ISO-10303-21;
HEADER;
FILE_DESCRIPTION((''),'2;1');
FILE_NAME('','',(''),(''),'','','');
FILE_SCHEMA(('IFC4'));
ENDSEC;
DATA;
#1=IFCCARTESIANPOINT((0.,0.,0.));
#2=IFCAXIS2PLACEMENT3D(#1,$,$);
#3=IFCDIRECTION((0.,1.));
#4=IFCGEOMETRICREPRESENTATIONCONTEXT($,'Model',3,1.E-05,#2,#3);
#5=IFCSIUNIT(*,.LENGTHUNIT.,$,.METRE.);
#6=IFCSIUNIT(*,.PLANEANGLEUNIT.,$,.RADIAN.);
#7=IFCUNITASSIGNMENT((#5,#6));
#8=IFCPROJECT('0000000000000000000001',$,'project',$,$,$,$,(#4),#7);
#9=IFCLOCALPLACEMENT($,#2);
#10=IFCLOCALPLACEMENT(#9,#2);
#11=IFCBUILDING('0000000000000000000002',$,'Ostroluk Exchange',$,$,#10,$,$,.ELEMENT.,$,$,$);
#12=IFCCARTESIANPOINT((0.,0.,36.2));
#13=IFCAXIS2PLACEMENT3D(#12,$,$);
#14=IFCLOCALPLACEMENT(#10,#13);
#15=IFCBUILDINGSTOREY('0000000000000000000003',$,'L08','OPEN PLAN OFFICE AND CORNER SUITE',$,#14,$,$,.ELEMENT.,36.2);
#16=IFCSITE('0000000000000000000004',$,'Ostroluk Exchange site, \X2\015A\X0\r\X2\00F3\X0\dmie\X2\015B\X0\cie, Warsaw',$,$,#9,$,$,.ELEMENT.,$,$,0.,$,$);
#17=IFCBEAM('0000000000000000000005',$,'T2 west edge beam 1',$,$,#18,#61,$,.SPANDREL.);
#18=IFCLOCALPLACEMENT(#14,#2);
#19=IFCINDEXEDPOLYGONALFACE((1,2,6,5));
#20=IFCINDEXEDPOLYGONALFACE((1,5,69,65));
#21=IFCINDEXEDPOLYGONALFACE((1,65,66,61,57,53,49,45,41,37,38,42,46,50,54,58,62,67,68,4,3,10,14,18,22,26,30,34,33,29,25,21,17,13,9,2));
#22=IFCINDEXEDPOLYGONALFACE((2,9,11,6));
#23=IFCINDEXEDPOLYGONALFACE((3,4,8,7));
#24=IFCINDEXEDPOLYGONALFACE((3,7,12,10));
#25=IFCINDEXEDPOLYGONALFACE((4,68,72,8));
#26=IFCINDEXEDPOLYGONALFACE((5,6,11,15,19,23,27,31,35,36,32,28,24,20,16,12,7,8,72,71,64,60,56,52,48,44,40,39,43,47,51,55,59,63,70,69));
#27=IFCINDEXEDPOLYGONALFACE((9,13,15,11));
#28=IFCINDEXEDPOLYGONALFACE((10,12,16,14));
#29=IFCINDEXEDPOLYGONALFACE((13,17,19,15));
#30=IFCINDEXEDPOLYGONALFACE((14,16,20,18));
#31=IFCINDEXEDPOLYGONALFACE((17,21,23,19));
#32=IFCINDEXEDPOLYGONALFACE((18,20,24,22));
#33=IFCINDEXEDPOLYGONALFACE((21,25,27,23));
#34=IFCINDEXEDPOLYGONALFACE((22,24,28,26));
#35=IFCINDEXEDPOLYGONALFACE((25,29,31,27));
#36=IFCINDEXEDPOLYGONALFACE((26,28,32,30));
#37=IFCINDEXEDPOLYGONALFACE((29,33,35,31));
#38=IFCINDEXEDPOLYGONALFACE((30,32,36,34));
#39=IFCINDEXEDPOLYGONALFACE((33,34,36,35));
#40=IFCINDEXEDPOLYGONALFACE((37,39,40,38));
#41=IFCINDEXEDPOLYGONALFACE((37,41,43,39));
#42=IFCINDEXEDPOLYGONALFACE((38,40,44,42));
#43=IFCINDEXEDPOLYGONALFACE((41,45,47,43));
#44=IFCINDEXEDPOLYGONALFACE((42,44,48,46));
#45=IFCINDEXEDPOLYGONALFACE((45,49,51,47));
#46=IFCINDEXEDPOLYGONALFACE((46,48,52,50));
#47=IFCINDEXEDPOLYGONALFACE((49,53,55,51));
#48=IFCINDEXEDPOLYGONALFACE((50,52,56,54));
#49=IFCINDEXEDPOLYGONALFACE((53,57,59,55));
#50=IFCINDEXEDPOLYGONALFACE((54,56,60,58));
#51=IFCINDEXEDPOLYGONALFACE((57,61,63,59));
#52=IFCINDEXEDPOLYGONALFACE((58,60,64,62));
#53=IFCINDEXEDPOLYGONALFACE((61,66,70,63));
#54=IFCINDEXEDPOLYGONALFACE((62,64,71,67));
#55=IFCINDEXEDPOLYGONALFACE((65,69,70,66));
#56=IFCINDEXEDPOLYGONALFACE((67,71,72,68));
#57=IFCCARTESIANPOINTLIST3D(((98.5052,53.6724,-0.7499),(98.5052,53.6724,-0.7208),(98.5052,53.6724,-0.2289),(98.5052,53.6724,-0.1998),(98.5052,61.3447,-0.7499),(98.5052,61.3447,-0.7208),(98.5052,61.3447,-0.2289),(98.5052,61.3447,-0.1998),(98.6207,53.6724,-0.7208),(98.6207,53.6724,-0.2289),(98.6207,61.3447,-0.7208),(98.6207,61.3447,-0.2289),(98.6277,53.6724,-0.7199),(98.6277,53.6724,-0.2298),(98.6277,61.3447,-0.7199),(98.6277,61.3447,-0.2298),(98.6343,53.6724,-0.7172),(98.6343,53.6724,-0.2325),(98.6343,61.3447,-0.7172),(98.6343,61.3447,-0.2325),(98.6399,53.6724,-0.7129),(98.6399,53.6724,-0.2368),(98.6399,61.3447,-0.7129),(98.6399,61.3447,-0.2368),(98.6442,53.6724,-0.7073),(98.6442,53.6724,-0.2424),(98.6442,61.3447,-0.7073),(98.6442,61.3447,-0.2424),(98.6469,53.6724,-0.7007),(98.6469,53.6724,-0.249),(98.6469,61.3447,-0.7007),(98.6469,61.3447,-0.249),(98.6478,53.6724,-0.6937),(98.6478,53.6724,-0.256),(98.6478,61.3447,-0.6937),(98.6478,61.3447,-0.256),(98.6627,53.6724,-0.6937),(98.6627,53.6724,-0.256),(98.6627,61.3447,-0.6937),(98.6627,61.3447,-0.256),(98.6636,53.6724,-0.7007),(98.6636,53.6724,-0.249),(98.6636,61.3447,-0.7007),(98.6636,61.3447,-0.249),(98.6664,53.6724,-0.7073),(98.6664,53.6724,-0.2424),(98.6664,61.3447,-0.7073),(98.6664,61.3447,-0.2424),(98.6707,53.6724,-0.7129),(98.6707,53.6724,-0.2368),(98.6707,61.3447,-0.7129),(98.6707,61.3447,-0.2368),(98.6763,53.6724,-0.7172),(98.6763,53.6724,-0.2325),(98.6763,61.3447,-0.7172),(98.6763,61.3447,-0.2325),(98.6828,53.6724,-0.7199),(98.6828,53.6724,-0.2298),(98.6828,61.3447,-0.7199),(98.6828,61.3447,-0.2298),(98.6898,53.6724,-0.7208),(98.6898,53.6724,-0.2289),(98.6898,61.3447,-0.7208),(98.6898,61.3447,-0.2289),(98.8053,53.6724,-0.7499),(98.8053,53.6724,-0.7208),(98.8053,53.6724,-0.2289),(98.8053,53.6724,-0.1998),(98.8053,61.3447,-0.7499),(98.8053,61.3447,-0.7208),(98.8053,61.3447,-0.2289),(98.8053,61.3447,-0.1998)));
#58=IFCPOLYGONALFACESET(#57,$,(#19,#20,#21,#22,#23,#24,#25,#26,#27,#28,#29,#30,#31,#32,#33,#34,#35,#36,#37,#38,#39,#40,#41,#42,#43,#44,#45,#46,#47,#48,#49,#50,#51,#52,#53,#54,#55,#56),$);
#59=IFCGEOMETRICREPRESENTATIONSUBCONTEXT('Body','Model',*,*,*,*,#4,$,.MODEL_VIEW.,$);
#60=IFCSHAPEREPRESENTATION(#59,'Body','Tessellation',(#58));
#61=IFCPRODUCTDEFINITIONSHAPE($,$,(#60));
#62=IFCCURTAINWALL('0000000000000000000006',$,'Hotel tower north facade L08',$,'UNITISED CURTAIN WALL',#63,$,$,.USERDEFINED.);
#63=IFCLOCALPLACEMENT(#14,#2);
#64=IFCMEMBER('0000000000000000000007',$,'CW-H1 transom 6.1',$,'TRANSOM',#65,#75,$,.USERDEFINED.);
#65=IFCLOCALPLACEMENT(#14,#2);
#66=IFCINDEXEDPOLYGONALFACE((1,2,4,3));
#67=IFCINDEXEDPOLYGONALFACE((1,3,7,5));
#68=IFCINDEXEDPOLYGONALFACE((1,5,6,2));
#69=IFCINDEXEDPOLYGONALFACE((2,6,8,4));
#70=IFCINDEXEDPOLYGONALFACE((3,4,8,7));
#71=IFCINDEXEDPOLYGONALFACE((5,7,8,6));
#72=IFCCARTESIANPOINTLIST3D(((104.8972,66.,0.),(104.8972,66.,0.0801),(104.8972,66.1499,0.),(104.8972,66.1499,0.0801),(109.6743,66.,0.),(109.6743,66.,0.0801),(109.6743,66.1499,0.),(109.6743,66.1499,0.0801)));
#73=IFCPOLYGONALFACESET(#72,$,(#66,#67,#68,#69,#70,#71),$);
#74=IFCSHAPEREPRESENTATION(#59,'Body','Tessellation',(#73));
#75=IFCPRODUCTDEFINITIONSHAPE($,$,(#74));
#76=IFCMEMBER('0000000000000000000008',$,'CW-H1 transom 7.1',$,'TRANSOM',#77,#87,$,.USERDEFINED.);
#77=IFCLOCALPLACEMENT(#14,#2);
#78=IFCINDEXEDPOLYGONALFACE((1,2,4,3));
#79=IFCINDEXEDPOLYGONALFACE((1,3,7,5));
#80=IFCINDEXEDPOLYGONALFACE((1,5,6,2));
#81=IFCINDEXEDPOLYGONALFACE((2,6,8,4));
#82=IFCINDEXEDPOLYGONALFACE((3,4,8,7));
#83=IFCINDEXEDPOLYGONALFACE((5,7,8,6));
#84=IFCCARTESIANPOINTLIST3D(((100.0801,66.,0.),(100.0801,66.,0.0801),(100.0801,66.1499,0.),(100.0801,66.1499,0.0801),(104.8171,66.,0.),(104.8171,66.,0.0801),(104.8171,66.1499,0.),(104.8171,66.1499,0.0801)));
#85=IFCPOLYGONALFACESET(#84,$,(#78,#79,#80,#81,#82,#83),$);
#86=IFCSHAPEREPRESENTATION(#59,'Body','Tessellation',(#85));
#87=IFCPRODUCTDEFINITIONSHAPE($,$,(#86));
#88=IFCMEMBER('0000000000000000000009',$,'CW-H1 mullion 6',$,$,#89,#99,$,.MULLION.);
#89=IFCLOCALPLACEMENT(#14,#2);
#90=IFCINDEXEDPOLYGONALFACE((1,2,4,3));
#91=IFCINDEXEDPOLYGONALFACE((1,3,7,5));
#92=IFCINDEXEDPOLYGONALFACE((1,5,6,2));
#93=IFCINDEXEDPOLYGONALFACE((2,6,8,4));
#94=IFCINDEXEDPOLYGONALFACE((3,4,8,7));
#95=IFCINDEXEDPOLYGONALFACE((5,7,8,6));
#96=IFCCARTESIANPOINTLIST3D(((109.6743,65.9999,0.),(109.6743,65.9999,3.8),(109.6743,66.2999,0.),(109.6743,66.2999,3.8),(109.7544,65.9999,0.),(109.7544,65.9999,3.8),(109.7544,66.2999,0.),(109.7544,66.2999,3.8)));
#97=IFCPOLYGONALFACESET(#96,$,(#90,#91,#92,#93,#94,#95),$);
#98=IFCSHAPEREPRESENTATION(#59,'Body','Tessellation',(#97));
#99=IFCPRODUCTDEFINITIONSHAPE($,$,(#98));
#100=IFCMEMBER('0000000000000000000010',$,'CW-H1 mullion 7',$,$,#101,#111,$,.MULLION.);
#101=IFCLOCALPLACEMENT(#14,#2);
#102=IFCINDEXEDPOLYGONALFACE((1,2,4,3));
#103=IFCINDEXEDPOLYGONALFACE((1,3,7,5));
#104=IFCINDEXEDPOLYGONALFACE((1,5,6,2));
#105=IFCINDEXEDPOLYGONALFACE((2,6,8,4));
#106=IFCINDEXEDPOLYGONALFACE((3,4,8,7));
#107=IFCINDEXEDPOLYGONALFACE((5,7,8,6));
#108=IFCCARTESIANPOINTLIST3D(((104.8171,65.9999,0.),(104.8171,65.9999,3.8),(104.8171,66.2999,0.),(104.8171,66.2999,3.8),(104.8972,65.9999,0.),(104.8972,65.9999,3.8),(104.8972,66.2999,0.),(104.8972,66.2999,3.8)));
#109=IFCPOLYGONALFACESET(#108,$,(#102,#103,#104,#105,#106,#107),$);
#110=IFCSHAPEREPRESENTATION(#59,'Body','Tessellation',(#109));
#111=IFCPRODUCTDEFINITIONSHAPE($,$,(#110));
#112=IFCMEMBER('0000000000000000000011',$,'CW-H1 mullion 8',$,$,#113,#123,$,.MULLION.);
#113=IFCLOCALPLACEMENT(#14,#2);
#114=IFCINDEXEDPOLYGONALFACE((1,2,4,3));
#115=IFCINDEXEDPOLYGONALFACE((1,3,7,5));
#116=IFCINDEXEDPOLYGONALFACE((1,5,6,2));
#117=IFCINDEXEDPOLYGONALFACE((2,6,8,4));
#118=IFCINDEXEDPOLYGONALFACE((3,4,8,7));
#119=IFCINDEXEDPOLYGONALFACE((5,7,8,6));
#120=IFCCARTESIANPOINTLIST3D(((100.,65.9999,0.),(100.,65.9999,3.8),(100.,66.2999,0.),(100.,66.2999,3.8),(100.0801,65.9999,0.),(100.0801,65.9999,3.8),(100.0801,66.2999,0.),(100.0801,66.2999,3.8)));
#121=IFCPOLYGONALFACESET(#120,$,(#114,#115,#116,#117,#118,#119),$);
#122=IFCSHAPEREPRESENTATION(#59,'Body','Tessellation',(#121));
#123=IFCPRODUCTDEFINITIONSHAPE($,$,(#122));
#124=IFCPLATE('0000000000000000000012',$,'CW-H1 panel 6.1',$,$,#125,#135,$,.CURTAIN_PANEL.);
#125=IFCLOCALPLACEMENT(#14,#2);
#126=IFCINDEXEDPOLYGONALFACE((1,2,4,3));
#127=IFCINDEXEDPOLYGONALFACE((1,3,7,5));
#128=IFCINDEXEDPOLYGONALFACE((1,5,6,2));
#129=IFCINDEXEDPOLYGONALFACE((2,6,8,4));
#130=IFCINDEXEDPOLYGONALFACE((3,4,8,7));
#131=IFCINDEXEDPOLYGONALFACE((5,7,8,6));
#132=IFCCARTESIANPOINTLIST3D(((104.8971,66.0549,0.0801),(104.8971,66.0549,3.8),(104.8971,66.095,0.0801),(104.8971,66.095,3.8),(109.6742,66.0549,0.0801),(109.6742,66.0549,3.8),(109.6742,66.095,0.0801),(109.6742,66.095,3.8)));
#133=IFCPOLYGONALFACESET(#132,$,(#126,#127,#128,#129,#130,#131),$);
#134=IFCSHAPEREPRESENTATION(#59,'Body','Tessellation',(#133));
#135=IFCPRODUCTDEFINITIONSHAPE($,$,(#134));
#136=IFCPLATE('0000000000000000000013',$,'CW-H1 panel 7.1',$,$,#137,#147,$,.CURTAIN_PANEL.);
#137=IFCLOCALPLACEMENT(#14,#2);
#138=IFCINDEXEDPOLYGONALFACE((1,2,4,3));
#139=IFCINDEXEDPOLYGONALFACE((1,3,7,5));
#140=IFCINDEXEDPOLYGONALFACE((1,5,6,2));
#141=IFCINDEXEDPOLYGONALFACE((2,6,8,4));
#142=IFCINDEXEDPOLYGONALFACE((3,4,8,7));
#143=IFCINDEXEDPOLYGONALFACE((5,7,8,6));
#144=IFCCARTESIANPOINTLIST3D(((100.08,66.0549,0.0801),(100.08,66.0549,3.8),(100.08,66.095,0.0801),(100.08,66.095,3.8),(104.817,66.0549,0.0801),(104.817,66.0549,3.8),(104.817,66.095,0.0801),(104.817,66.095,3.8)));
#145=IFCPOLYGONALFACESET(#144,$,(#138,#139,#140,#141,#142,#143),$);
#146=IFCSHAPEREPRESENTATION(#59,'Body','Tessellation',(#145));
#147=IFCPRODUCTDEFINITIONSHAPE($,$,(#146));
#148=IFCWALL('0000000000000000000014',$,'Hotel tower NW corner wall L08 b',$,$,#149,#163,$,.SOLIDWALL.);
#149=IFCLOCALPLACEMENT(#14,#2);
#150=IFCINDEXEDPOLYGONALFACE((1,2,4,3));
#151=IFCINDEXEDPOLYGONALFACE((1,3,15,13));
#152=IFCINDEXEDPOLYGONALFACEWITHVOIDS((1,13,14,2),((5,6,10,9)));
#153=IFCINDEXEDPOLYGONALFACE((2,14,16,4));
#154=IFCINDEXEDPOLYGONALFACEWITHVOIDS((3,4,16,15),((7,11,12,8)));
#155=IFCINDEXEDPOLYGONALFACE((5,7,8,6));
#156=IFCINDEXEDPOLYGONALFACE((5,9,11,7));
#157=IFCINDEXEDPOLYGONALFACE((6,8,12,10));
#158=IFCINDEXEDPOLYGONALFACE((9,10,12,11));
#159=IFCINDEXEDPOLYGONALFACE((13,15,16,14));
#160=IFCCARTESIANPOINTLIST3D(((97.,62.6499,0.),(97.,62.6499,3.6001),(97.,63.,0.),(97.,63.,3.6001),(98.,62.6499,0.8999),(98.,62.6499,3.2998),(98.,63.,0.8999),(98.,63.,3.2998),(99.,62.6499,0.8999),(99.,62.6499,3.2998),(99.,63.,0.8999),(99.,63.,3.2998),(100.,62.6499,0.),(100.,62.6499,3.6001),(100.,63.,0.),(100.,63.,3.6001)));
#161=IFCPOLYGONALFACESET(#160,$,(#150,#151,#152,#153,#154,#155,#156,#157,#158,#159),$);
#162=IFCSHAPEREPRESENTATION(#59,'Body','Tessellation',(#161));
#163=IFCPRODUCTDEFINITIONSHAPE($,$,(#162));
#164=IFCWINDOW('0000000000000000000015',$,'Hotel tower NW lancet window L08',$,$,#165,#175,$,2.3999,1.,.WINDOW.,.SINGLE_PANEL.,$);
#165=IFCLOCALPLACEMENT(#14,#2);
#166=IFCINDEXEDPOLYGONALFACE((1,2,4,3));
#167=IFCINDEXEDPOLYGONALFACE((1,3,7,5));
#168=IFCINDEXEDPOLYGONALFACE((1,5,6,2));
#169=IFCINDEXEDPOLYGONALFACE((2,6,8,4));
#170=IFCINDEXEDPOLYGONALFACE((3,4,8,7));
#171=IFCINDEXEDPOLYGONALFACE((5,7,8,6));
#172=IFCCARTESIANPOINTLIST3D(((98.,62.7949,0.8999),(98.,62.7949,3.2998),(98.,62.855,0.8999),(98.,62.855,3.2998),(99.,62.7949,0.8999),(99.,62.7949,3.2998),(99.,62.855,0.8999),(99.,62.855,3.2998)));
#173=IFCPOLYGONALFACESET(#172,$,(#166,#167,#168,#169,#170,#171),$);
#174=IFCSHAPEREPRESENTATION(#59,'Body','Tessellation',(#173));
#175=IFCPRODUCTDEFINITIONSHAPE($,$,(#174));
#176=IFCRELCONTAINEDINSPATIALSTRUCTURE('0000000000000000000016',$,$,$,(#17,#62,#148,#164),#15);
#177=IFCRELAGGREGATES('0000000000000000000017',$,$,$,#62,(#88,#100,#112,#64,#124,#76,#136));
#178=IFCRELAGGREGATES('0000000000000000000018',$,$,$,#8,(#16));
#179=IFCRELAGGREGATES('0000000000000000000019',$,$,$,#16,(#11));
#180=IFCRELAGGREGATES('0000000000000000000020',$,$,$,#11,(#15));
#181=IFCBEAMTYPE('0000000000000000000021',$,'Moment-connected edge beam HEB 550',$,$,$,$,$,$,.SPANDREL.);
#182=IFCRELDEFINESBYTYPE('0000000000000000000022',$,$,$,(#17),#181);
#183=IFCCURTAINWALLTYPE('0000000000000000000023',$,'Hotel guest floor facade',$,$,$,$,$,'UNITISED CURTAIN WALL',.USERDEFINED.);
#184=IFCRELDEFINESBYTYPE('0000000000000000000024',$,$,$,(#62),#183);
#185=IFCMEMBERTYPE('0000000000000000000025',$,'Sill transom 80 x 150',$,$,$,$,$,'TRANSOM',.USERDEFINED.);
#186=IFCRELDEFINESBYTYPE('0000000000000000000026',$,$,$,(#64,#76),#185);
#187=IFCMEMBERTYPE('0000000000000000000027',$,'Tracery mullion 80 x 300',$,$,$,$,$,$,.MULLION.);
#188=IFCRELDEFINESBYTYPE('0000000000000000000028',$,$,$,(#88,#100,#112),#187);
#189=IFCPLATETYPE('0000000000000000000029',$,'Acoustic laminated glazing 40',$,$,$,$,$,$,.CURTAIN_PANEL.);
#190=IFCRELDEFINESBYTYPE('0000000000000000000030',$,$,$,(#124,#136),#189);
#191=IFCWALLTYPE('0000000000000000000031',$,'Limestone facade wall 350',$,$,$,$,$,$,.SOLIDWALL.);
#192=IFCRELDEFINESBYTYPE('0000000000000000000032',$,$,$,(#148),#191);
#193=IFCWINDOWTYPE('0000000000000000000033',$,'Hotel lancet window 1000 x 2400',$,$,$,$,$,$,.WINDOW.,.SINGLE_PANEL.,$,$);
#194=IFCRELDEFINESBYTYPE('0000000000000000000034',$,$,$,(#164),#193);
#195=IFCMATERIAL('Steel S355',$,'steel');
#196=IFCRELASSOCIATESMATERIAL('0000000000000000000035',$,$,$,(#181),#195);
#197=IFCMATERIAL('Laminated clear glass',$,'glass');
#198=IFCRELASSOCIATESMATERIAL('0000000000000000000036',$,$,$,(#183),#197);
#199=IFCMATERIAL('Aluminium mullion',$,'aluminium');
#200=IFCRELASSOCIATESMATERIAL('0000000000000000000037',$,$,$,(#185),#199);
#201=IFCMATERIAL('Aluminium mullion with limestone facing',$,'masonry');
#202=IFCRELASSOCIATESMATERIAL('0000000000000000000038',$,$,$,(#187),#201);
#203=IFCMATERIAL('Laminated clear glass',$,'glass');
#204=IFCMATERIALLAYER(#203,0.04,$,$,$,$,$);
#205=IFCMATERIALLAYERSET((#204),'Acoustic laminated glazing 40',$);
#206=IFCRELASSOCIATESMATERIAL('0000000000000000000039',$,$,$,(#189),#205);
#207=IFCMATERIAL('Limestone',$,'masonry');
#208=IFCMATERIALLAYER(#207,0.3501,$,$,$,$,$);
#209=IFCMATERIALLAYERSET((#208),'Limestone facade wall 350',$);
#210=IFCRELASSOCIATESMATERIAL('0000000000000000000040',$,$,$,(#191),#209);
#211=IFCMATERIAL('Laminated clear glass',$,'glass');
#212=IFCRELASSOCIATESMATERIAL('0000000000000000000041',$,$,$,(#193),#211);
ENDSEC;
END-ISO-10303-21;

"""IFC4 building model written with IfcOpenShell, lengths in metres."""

from ifc_helpers import new_model, si_unit, direction, frame, frame_2d, origin, origin_2d, place, context, subcontext, project, spatial, rectangle, i_section, extrude, material, layer, layer_set, material_profile, profile_set, type_object, element, fill, aggregate, save


model = new_model("IFC4")

# Units and contexts
model_context = context("Model", 3, precision=1e-05, world=origin(), true_north=direction((0.0, 1.0)))
body_context = subcontext(model_context, "Body", "Model", "MODEL_VIEW")
ifc_project = project(units=[si_unit("LENGTHUNIT", "METRE"), si_unit("PLANEANGLEUNIT", "RADIAN")], contexts=[model_context])

# Site, building, storey
site_placement = place(None, origin())
site = spatial("IfcSite", under=ifc_project, at=site_placement, Name="Ostroluk Exchange site, Śródmieście, Warsaw", CompositionType="ELEMENT", RefElevation=0.0)
building_placement = place(site_placement, origin())
building = spatial("IfcBuilding", under=site, at=building_placement, Name="Ostroluk Exchange", CompositionType="ELEMENT")
storey_placement = place(building_placement, frame((0.0, 0.0, 36.2)))
storey = spatial("IfcBuildingStorey", under=building, at=storey_placement, Name="L08", Description="OPEN PLAN OFFICE AND CORNER SUITE", CompositionType="ELEMENT", Elevation=36.2)

# Beam
ifc_material_1 = material(Name="Steel S355", Category="steel")
ifc_material_profile_1 = material_profile(ifc_material_1, i_section(OverallWidth=0.3, OverallDepth=0.55, WebThickness=0.0149, FlangeThickness=0.0291, FilletRadius=0.0271, at=origin_2d()), Name="HEB 550")
ifc_profile_set_1 = profile_set([ifc_material_profile_1], Name="Steel S355")
beam_type_1 = type_object("IfcBeamType", Name="Moment-connected edge beam HEB 550", PredefinedType="SPANDREL", material=ifc_profile_set_1)
for number, where, z_axis, x_axis, name in (
    (1, (98.6553, 61.3447, -0.4749), (0.0, -1.0, 0.0), (1.0, 0.0, 0.0), "T2 west edge beam 1"),
):
    element("IfcBeam", number, at=place(storey_placement, frame(where, z_axis=z_axis, x_axis=x_axis)), inside=storey, type_object=beam_type_1, Name=name, PredefinedType="SPANDREL", context=body_context, shape_type="SweptSolid", body=[
        extrude(i_section(OverallWidth=0.3, OverallDepth=0.55, WebThickness=0.0149, FlangeThickness=0.0291, FilletRadius=0.0271, at=origin_2d()), origin(), (0.0, 0.0, 1.0), 7.6724),
    ])

# Curtain wall, members, plates
ifc_material_2 = material(Name="Laminated clear glass", Category="glass")
curtain_wall_type = type_object("IfcCurtainWallType", Name="Hotel guest floor facade", ElementType="UNITISED CURTAIN WALL", PredefinedType="USERDEFINED", material=ifc_material_2)
curtain_wall_placement = place(storey_placement, origin())
curtain_wall = element("IfcCurtainWall", 2, at=curtain_wall_placement, inside=storey, type_object=curtain_wall_type, Name="Hotel tower north facade L08", ObjectType="UNITISED CURTAIN WALL", PredefinedType="USERDEFINED")
ifc_material_3 = material(Name="Aluminium mullion", Category="aluminium")
ifc_material_profile_2 = material_profile(ifc_material_3, rectangle(XDim=0.1499, YDim=0.0801, at=origin_2d()), Name="Sill transom 80 x 150")
ifc_profile_set_2 = profile_set([ifc_material_profile_2], Name="Aluminium mullion")
member_type_1 = type_object("IfcMemberType", Name="Sill transom 80 x 150", ElementType="TRANSOM", PredefinedType="USERDEFINED", material=ifc_profile_set_2)
member_1_placement = place(storey_placement, frame((109.6743, 66.075, 0.04), z_axis=(-1.0, 0.0, 0.0), x_axis=(0.0, -1.0, 0.0)))
member_1 = element("IfcMember", 3, at=member_1_placement, type_object=member_type_1, Name="CW-H1 transom 6.1", ObjectType="TRANSOM", PredefinedType="USERDEFINED", context=body_context, shape_type="SweptSolid", body=[
    extrude(rectangle(XDim=0.1499, YDim=0.0801, at=origin_2d()), origin(), (0.0, 0.0, 1.0), 4.7771),
])
member_2_placement = place(storey_placement, frame((104.8171, 66.075, 0.04), z_axis=(-1.0, 0.0, 0.0), x_axis=(0.0, -1.0, 0.0)))
member_2 = element("IfcMember", 4, at=member_2_placement, type_object=member_type_1, Name="CW-H1 transom 7.1", ObjectType="TRANSOM", PredefinedType="USERDEFINED", context=body_context, shape_type="SweptSolid", body=[
    extrude(rectangle(XDim=0.1499, YDim=0.0801, at=origin_2d()), origin(), (0.0, 0.0, 1.0), 4.7371),
])
ifc_material_4 = material(Name="Aluminium mullion with limestone facing", Category="masonry")
ifc_material_profile_3 = material_profile(ifc_material_4, rectangle(XDim=0.3, YDim=0.0801, at=origin_2d()), Name="Tracery mullion 80 x 300")
ifc_profile_set_3 = profile_set([ifc_material_profile_3], Name="Aluminium mullion with limestone facing")
member_type_2 = type_object("IfcMemberType", Name="Tracery mullion 80 x 300", PredefinedType="MULLION", material=ifc_profile_set_3)
member_3_placement = place(storey_placement, frame((109.7144, 66.1499, 0.0), z_axis=(0.0, 0.0, 1.0), x_axis=(0.0, -1.0, 0.0)))
member_3 = element("IfcMember", 5, at=member_3_placement, type_object=member_type_2, Name="CW-H1 mullion 6", PredefinedType="MULLION", context=body_context, shape_type="SweptSolid", body=[
    extrude(rectangle(XDim=0.3, YDim=0.0801, at=origin_2d()), origin(), (0.0, 0.0, 1.0), 3.8),
])
member_4_placement = place(storey_placement, frame((104.8572, 66.1499, 0.0), z_axis=(0.0, 0.0, 1.0), x_axis=(0.0, -1.0, 0.0)))
member_4 = element("IfcMember", 6, at=member_4_placement, type_object=member_type_2, Name="CW-H1 mullion 7", PredefinedType="MULLION", context=body_context, shape_type="SweptSolid", body=[
    extrude(rectangle(XDim=0.3, YDim=0.0801, at=origin_2d()), origin(), (0.0, 0.0, 1.0), 3.8),
])
member_5_placement = place(storey_placement, frame((100.04, 66.1499, 0.0), z_axis=(0.0, 0.0, 1.0), x_axis=(0.0, -1.0, 0.0)))
member_5 = element("IfcMember", 7, at=member_5_placement, type_object=member_type_2, Name="CW-H1 mullion 8", PredefinedType="MULLION", context=body_context, shape_type="SweptSolid", body=[
    extrude(rectangle(XDim=0.3, YDim=0.0801, at=origin_2d()), origin(), (0.0, 0.0, 1.0), 3.8),
])
ifc_material_5 = material(Name="Laminated clear glass", Category="glass")
ifc_layer_1 = layer(ifc_material_5, 0.04)
ifc_layer_set_1 = layer_set([ifc_layer_1], Name="Acoustic laminated glazing 40")
plate_type = type_object("IfcPlateType", Name="Acoustic laminated glazing 40", PredefinedType="CURTAIN_PANEL", material=ifc_layer_set_1)
plate_1_placement = place(storey_placement, frame((107.2856, 66.075, 0.0801), z_axis=(0.0, 0.0, 1.0), x_axis=(-1.0, 0.0, 0.0)))
plate_1 = element("IfcPlate", 8, at=plate_1_placement, type_object=plate_type, Name="CW-H1 panel 6.1", PredefinedType="CURTAIN_PANEL", context=body_context, shape_type="SweptSolid", body=[
    extrude(rectangle(XDim=4.7771, YDim=0.04, at=origin_2d()), origin(), (0.0, 0.0, 1.0), 3.72),
])
plate_2_placement = place(storey_placement, frame((102.4485, 66.075, 0.0801), z_axis=(0.0, 0.0, 1.0), x_axis=(-1.0, 0.0, 0.0)))
plate_2 = element("IfcPlate", 9, at=plate_2_placement, type_object=plate_type, Name="CW-H1 panel 7.1", PredefinedType="CURTAIN_PANEL", context=body_context, shape_type="SweptSolid", body=[
    extrude(rectangle(XDim=4.7371, YDim=0.04, at=origin_2d()), origin(), (0.0, 0.0, 1.0), 3.72),
])
aggregate(curtain_wall, [member_3, member_4, member_5, member_1, plate_1, member_2, plate_2])

# Shared definitions
ifc_material_6 = material(Name="Limestone", Category="masonry")
ifc_layer_2 = layer(ifc_material_6, 0.3501)
ifc_layer_set_2 = layer_set([ifc_layer_2], Name="Limestone facade wall 350")
wall_type_1 = type_object("IfcWallType", Name="Limestone facade wall 350", PredefinedType="SOLIDWALL", material=ifc_layer_set_2)

# Wall, opening, window
wall_1_placement = place(storey_placement, frame((100.0, 62.825, 0.0), z_axis=(0.0, 0.0, 1.0), x_axis=(-1.0, 0.0, 0.0)))
wall_1 = element("IfcWall", 10, at=wall_1_placement, inside=storey, type_object=wall_type_1, Name="Hotel tower NW corner wall L08 b", PredefinedType="SOLIDWALL", context=body_context, shape_type="SweptSolid", body=[
    extrude(rectangle(XDim=3.0, YDim=0.3501, at=frame_2d((1.5, 0.0))), origin(), (0.0, 0.0, 1.0), 3.6001),
])
opening_1_placement = place(wall_1_placement, frame((1.0, 0.0, 0.8999)))
opening_1 = element("IfcOpeningElement", 11, at=opening_1_placement, cuts=wall_1, PredefinedType="OPENING", context=body_context, shape_type="SweptSolid", body=[
    extrude(rectangle(XDim=1.0, YDim=2.3999, at=frame_2d((0.5, 1.2))), frame((0.0, 0.1851, 0.0), z_axis=(0.0, -1.0, 0.0), x_axis=(1.0, 0.0, 0.0)), (0.0, 0.0, 1.0), 0.3701),
])
ifc_material_7 = material(Name="Laminated clear glass", Category="glass")
window_type = type_object("IfcWindowType", Name="Hotel lancet window 1000 x 2400", PartitioningType="SINGLE_PANEL", PredefinedType="WINDOW", material=ifc_material_7)
window_placement = place(opening_1_placement, origin())
window = element("IfcWindow", 12, at=window_placement, inside=storey, type_object=window_type, Name="Hotel tower NW lancet window L08", OverallHeight=2.3999, OverallWidth=1.0, PartitioningType="SINGLE_PANEL", PredefinedType="WINDOW", context=body_context, shape_type="SweptSolid", body=[
    extrude(rectangle(XDim=1.0, YDim=2.3999, at=frame_2d((0.5, 1.2))), frame((0.0, 0.03, 0.0), z_axis=(0.0, -1.0, 0.0), x_axis=(1.0, 0.0, 0.0)), (0.0, 0.0, 1.0), 0.0601),
])
fill(opening_1, window)

save(model, "model.ifc")
